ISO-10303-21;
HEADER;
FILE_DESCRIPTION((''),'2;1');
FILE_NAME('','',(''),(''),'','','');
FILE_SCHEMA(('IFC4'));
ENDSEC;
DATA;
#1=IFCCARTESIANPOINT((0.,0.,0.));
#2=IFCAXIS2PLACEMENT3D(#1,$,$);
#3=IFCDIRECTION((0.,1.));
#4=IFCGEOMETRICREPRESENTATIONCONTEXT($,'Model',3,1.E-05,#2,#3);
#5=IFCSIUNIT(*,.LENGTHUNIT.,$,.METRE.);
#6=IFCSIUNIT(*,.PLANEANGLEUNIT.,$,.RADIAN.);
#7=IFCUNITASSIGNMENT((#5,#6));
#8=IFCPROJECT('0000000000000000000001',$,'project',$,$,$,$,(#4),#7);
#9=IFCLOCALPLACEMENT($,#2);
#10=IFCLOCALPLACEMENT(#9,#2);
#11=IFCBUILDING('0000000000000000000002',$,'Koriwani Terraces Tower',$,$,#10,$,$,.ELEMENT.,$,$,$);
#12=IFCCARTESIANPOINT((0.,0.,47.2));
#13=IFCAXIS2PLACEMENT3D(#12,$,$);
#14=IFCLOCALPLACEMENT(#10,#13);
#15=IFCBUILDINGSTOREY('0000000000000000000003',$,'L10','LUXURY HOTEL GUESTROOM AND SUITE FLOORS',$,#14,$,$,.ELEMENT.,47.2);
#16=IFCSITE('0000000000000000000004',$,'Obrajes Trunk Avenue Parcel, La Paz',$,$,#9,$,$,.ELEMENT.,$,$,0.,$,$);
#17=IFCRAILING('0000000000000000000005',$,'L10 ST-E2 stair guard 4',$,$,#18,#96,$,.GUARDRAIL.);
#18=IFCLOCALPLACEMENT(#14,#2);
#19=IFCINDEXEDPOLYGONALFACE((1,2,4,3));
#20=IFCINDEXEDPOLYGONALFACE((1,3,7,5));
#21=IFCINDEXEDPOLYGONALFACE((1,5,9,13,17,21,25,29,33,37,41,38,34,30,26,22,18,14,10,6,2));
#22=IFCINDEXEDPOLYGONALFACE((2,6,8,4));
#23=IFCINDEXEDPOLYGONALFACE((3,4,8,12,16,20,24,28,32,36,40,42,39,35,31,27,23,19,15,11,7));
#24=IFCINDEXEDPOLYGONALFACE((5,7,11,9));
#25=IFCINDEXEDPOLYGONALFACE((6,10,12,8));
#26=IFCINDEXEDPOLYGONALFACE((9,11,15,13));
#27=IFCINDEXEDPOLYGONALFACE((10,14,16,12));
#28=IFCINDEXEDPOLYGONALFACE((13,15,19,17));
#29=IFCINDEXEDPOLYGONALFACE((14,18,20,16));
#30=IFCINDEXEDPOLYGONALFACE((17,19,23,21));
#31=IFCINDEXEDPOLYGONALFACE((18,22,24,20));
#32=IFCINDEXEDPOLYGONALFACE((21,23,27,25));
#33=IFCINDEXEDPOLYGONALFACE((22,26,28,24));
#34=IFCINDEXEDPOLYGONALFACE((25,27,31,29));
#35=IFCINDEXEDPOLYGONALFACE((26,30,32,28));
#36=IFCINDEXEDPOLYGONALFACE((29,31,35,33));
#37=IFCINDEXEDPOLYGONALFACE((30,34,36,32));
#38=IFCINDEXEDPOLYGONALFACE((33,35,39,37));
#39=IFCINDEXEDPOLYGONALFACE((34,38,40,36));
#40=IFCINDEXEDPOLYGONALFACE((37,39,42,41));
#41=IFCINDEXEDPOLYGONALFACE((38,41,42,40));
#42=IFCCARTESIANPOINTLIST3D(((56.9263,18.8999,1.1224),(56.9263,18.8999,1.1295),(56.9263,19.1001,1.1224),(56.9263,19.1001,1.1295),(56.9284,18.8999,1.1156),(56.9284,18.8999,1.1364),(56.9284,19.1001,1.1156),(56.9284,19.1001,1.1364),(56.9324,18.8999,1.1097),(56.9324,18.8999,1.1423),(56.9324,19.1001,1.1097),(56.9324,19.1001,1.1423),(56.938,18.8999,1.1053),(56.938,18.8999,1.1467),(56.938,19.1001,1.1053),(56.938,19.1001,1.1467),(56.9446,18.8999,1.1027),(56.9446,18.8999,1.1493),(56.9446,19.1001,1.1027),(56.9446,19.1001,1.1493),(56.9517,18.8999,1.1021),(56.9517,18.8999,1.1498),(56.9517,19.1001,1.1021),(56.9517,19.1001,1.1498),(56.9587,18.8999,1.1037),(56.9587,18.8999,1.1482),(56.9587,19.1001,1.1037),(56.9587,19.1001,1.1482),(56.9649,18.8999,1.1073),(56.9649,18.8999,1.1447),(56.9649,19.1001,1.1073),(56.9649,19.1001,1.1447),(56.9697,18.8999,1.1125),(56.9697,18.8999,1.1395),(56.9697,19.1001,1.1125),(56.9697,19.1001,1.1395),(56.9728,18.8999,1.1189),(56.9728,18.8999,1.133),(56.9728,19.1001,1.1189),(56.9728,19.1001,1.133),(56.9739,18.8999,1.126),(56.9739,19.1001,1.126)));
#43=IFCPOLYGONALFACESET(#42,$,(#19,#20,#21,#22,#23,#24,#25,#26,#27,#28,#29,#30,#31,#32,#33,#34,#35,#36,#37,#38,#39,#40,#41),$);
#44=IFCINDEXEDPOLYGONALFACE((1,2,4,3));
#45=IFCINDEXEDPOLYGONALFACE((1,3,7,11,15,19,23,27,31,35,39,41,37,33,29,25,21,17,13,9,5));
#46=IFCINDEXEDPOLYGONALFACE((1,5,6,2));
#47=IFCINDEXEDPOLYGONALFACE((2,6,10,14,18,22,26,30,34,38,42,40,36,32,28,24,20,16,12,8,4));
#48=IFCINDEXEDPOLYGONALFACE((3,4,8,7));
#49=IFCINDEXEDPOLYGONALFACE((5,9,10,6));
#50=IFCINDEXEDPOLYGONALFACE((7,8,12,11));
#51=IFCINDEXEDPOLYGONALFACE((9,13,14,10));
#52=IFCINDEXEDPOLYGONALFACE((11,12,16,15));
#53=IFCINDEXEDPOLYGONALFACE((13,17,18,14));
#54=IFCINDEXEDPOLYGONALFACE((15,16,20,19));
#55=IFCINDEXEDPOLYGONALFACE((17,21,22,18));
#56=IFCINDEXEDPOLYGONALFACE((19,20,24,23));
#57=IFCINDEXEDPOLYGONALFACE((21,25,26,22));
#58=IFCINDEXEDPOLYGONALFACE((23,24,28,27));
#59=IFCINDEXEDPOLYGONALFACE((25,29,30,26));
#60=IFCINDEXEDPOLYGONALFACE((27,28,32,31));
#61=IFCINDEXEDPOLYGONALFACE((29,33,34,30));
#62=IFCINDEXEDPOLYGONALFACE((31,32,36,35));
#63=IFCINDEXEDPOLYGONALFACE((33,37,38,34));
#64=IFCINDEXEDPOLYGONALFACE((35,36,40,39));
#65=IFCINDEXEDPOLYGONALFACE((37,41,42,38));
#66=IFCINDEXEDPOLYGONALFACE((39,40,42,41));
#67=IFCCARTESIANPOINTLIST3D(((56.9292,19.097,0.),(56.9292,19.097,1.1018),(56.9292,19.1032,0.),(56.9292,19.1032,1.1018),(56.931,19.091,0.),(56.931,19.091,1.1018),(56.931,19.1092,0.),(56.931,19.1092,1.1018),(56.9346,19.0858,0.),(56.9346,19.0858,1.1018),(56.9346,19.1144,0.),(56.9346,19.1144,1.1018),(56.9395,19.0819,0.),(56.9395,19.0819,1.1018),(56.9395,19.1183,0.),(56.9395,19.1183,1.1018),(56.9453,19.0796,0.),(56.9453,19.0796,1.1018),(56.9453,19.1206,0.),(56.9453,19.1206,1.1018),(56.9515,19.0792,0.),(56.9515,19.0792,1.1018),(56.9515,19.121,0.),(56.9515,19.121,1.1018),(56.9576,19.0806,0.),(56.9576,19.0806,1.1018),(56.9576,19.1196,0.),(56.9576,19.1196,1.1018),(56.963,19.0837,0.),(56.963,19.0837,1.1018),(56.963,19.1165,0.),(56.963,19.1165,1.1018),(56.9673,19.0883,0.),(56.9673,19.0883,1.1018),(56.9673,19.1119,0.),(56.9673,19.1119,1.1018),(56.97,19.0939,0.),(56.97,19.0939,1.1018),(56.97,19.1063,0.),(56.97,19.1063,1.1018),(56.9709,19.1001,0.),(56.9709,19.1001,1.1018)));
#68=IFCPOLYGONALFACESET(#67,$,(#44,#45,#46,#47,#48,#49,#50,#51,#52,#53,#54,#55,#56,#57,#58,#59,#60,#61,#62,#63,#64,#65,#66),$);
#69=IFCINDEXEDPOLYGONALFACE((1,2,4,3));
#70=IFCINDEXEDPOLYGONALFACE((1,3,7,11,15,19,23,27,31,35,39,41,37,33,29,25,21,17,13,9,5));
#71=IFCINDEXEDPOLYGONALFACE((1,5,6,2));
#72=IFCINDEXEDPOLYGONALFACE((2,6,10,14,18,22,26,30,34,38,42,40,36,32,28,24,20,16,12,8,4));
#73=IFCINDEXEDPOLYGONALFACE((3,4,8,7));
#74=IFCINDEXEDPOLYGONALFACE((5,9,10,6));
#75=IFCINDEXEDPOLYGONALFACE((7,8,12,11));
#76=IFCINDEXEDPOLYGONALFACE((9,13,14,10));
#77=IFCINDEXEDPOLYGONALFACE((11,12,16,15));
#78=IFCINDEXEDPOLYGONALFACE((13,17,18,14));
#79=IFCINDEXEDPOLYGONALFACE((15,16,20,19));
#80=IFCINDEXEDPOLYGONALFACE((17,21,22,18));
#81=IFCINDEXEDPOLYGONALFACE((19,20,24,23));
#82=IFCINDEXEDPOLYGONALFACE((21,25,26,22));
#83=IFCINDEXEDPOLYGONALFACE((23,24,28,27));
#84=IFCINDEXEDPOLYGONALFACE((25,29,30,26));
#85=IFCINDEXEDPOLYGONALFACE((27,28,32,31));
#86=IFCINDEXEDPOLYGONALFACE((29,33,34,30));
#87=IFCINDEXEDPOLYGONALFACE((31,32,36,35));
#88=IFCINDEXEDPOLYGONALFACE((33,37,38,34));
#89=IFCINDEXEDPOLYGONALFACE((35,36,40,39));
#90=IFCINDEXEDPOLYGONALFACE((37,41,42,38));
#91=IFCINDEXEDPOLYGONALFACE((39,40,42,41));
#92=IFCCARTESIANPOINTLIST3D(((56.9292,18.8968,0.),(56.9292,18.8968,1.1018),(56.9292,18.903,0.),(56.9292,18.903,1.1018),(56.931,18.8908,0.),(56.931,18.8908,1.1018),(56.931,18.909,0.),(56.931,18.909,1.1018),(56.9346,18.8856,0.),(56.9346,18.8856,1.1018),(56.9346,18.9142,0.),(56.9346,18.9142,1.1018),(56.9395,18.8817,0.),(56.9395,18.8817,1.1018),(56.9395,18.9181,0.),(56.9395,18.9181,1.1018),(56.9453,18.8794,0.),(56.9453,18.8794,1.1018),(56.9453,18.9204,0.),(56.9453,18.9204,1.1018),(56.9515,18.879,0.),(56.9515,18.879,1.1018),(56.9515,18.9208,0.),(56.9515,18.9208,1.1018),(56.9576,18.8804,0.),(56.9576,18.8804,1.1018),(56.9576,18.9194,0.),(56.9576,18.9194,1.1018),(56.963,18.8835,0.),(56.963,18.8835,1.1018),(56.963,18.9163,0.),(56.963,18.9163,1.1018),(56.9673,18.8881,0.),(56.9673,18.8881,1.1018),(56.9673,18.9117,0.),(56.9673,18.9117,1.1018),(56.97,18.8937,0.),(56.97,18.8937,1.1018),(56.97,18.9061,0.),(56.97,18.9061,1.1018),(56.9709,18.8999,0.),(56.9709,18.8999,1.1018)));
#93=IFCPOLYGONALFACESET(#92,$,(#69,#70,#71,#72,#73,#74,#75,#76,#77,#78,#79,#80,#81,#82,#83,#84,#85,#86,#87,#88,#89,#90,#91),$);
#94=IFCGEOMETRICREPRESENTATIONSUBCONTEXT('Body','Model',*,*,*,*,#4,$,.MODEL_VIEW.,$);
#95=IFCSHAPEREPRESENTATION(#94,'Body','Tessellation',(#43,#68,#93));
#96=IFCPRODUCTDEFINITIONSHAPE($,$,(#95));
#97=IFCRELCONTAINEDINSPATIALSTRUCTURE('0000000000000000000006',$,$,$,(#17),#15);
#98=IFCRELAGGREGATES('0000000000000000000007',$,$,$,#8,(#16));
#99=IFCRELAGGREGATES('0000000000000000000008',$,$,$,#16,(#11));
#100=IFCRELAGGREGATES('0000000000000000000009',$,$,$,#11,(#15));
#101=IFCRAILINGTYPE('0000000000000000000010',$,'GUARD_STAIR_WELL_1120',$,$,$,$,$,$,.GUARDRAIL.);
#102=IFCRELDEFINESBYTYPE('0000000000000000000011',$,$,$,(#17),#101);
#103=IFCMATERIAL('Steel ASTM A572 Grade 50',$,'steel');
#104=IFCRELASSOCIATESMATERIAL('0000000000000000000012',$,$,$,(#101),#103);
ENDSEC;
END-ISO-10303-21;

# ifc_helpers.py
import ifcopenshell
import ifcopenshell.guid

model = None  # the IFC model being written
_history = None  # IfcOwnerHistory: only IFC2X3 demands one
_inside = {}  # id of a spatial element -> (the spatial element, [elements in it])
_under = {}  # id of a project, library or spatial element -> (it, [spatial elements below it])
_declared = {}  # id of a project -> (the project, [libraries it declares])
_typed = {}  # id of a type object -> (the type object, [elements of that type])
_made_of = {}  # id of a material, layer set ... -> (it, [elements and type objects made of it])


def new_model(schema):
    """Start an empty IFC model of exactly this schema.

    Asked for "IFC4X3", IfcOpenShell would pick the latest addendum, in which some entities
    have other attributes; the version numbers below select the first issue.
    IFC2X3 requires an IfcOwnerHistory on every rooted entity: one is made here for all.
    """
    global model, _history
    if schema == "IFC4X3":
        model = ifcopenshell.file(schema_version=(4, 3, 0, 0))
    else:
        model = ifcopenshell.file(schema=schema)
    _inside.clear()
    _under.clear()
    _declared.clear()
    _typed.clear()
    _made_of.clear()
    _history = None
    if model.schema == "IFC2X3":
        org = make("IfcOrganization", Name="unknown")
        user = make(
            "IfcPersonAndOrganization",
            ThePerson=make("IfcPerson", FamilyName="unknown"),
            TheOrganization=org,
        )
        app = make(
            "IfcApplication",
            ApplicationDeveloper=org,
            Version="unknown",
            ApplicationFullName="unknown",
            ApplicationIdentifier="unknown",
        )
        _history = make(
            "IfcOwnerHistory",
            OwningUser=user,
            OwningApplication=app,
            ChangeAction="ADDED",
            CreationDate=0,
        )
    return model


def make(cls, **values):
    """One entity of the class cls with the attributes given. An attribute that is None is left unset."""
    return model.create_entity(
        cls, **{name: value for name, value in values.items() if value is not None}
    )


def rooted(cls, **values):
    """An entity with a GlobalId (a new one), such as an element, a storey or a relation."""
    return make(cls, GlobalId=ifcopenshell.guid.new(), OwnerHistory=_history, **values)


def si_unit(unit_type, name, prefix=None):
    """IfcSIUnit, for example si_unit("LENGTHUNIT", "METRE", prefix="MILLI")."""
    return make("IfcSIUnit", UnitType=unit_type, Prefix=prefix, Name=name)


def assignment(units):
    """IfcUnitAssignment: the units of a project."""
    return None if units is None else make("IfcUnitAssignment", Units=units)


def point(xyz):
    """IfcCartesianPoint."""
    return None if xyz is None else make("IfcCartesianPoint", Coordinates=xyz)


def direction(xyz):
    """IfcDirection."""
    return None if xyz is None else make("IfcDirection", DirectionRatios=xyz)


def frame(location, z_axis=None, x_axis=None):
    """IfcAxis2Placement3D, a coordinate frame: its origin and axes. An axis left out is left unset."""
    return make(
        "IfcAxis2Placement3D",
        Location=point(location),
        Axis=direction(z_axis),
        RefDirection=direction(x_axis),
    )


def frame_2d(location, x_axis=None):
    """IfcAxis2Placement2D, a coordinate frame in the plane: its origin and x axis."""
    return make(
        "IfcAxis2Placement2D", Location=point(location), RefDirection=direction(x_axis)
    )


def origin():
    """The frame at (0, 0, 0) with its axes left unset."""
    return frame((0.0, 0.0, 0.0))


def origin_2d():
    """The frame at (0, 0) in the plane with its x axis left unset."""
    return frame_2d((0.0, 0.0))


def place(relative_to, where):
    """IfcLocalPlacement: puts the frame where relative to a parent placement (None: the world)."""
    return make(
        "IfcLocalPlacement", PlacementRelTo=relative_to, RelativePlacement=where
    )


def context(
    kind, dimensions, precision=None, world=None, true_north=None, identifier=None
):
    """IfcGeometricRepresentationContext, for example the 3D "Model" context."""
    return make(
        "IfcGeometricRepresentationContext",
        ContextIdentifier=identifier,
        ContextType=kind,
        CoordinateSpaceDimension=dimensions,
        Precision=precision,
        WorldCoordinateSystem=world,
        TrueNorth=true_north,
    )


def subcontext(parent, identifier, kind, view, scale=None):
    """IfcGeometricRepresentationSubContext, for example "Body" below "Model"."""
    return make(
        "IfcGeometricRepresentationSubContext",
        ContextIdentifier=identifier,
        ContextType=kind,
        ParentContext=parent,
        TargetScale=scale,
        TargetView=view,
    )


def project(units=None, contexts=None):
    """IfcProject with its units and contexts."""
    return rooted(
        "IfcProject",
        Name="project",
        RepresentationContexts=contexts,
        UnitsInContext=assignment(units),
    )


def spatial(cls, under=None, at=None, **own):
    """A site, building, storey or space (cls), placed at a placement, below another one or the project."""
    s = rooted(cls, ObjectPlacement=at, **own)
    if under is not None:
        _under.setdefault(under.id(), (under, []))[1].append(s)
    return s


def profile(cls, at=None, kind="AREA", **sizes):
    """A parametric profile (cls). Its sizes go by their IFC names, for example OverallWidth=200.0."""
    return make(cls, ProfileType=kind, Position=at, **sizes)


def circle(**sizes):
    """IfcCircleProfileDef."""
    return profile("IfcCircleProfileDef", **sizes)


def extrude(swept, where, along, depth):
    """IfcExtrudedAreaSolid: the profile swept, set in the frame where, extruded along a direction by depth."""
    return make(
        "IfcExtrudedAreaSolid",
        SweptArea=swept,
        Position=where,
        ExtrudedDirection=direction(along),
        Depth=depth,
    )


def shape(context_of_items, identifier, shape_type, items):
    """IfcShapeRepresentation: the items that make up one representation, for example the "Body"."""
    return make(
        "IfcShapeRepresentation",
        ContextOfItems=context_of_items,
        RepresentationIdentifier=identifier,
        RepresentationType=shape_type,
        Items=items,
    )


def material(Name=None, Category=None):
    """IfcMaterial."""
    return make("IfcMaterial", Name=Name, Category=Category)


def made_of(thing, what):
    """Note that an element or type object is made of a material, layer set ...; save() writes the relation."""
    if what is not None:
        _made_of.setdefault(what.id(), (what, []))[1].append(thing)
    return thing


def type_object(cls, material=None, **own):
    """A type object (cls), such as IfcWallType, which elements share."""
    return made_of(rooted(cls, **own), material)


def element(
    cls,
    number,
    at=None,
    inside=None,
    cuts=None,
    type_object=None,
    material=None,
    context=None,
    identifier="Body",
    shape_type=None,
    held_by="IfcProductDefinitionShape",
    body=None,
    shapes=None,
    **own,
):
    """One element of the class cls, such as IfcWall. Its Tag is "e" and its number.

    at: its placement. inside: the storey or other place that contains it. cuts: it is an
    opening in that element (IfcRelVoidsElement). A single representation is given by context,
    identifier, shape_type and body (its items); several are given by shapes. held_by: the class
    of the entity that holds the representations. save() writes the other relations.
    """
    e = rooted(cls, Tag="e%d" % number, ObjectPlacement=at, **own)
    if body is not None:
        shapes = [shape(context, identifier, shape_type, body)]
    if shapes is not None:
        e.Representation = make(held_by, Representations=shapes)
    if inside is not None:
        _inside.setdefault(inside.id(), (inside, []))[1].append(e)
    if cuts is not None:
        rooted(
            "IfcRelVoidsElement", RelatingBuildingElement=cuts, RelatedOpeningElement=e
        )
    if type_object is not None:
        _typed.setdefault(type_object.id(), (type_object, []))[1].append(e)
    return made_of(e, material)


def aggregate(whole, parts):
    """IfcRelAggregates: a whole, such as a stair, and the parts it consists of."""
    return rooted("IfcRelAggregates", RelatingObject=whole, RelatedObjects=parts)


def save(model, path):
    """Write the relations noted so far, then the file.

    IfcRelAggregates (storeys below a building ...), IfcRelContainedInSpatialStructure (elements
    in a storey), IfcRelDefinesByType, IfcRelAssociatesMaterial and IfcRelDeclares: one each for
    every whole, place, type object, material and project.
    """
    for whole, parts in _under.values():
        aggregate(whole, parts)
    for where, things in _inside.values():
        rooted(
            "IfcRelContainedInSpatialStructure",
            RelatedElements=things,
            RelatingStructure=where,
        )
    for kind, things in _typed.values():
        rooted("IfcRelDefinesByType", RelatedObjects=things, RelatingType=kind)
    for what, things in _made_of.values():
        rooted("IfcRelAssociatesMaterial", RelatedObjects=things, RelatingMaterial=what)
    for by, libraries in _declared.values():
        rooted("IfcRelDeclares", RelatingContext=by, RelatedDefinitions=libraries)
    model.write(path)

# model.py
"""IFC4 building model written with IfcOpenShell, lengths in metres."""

from ifc_helpers import new_model, si_unit, direction, frame, origin, origin_2d, place, context, subcontext, project, spatial, circle, extrude, material, type_object, element, save


model = new_model("IFC4")

# Units and contexts
model_context = context("Model", 3, precision=1e-05, world=origin(), true_north=direction((0.0, 1.0)))
body_context = subcontext(model_context, "Body", "Model", "MODEL_VIEW")
ifc_project = project(units=[si_unit("LENGTHUNIT", "METRE"), si_unit("PLANEANGLEUNIT", "RADIAN")], contexts=[model_context])

# Site, building, storey
site_placement = place(None, origin())
site = spatial("IfcSite", under=ifc_project, at=site_placement, Name="Obrajes Trunk Avenue Parcel, La Paz", CompositionType="ELEMENT", RefElevation=0.0)
building_placement = place(site_placement, origin())
building = spatial("IfcBuilding", under=site, at=building_placement, Name="Koriwani Terraces Tower", CompositionType="ELEMENT")
storey_placement = place(building_placement, frame((0.0, 0.0, 47.2)))
storey = spatial("IfcBuildingStorey", under=building, at=storey_placement, Name="L10", Description="LUXURY HOTEL GUESTROOM AND SUITE FLOORS", CompositionType="ELEMENT", Elevation=47.2)

# Shared definitions
ifc_material_1 = material(Name="Steel ASTM A572 Grade 50", Category="steel")

# Railing
railing_type_1 = type_object("IfcRailingType", Name="GUARD_STAIR_WELL_1120", PredefinedType="GUARDRAIL", material=ifc_material_1)
railing_1_placement = place(storey_placement, frame((56.95, 19.1001, 0.0)))
element("IfcRailing", 1, at=railing_1_placement, inside=storey, type_object=railing_type_1, Name="L10 ST-E2 stair guard 4", PredefinedType="GUARDRAIL", context=body_context, shape_type="SweptSolid", body=[
    extrude(circle(Radius=0.0239, at=origin_2d()), frame((0.0, 0.0, 1.126), z_axis=(0.0, -1.0, 0.0), x_axis=(1.0, 0.0, 0.0)), (0.0, 0.0, 1.0), 0.2002),
    extrude(circle(Radius=0.021, at=origin_2d()), origin(), (0.0, 0.0, 1.0), 1.1018),
    extrude(circle(Radius=0.021, at=origin_2d()), frame((0.0, -0.2002, 0.0)), (0.0, 0.0, 1.0), 1.1018),
])

save(model, "model.ifc")
